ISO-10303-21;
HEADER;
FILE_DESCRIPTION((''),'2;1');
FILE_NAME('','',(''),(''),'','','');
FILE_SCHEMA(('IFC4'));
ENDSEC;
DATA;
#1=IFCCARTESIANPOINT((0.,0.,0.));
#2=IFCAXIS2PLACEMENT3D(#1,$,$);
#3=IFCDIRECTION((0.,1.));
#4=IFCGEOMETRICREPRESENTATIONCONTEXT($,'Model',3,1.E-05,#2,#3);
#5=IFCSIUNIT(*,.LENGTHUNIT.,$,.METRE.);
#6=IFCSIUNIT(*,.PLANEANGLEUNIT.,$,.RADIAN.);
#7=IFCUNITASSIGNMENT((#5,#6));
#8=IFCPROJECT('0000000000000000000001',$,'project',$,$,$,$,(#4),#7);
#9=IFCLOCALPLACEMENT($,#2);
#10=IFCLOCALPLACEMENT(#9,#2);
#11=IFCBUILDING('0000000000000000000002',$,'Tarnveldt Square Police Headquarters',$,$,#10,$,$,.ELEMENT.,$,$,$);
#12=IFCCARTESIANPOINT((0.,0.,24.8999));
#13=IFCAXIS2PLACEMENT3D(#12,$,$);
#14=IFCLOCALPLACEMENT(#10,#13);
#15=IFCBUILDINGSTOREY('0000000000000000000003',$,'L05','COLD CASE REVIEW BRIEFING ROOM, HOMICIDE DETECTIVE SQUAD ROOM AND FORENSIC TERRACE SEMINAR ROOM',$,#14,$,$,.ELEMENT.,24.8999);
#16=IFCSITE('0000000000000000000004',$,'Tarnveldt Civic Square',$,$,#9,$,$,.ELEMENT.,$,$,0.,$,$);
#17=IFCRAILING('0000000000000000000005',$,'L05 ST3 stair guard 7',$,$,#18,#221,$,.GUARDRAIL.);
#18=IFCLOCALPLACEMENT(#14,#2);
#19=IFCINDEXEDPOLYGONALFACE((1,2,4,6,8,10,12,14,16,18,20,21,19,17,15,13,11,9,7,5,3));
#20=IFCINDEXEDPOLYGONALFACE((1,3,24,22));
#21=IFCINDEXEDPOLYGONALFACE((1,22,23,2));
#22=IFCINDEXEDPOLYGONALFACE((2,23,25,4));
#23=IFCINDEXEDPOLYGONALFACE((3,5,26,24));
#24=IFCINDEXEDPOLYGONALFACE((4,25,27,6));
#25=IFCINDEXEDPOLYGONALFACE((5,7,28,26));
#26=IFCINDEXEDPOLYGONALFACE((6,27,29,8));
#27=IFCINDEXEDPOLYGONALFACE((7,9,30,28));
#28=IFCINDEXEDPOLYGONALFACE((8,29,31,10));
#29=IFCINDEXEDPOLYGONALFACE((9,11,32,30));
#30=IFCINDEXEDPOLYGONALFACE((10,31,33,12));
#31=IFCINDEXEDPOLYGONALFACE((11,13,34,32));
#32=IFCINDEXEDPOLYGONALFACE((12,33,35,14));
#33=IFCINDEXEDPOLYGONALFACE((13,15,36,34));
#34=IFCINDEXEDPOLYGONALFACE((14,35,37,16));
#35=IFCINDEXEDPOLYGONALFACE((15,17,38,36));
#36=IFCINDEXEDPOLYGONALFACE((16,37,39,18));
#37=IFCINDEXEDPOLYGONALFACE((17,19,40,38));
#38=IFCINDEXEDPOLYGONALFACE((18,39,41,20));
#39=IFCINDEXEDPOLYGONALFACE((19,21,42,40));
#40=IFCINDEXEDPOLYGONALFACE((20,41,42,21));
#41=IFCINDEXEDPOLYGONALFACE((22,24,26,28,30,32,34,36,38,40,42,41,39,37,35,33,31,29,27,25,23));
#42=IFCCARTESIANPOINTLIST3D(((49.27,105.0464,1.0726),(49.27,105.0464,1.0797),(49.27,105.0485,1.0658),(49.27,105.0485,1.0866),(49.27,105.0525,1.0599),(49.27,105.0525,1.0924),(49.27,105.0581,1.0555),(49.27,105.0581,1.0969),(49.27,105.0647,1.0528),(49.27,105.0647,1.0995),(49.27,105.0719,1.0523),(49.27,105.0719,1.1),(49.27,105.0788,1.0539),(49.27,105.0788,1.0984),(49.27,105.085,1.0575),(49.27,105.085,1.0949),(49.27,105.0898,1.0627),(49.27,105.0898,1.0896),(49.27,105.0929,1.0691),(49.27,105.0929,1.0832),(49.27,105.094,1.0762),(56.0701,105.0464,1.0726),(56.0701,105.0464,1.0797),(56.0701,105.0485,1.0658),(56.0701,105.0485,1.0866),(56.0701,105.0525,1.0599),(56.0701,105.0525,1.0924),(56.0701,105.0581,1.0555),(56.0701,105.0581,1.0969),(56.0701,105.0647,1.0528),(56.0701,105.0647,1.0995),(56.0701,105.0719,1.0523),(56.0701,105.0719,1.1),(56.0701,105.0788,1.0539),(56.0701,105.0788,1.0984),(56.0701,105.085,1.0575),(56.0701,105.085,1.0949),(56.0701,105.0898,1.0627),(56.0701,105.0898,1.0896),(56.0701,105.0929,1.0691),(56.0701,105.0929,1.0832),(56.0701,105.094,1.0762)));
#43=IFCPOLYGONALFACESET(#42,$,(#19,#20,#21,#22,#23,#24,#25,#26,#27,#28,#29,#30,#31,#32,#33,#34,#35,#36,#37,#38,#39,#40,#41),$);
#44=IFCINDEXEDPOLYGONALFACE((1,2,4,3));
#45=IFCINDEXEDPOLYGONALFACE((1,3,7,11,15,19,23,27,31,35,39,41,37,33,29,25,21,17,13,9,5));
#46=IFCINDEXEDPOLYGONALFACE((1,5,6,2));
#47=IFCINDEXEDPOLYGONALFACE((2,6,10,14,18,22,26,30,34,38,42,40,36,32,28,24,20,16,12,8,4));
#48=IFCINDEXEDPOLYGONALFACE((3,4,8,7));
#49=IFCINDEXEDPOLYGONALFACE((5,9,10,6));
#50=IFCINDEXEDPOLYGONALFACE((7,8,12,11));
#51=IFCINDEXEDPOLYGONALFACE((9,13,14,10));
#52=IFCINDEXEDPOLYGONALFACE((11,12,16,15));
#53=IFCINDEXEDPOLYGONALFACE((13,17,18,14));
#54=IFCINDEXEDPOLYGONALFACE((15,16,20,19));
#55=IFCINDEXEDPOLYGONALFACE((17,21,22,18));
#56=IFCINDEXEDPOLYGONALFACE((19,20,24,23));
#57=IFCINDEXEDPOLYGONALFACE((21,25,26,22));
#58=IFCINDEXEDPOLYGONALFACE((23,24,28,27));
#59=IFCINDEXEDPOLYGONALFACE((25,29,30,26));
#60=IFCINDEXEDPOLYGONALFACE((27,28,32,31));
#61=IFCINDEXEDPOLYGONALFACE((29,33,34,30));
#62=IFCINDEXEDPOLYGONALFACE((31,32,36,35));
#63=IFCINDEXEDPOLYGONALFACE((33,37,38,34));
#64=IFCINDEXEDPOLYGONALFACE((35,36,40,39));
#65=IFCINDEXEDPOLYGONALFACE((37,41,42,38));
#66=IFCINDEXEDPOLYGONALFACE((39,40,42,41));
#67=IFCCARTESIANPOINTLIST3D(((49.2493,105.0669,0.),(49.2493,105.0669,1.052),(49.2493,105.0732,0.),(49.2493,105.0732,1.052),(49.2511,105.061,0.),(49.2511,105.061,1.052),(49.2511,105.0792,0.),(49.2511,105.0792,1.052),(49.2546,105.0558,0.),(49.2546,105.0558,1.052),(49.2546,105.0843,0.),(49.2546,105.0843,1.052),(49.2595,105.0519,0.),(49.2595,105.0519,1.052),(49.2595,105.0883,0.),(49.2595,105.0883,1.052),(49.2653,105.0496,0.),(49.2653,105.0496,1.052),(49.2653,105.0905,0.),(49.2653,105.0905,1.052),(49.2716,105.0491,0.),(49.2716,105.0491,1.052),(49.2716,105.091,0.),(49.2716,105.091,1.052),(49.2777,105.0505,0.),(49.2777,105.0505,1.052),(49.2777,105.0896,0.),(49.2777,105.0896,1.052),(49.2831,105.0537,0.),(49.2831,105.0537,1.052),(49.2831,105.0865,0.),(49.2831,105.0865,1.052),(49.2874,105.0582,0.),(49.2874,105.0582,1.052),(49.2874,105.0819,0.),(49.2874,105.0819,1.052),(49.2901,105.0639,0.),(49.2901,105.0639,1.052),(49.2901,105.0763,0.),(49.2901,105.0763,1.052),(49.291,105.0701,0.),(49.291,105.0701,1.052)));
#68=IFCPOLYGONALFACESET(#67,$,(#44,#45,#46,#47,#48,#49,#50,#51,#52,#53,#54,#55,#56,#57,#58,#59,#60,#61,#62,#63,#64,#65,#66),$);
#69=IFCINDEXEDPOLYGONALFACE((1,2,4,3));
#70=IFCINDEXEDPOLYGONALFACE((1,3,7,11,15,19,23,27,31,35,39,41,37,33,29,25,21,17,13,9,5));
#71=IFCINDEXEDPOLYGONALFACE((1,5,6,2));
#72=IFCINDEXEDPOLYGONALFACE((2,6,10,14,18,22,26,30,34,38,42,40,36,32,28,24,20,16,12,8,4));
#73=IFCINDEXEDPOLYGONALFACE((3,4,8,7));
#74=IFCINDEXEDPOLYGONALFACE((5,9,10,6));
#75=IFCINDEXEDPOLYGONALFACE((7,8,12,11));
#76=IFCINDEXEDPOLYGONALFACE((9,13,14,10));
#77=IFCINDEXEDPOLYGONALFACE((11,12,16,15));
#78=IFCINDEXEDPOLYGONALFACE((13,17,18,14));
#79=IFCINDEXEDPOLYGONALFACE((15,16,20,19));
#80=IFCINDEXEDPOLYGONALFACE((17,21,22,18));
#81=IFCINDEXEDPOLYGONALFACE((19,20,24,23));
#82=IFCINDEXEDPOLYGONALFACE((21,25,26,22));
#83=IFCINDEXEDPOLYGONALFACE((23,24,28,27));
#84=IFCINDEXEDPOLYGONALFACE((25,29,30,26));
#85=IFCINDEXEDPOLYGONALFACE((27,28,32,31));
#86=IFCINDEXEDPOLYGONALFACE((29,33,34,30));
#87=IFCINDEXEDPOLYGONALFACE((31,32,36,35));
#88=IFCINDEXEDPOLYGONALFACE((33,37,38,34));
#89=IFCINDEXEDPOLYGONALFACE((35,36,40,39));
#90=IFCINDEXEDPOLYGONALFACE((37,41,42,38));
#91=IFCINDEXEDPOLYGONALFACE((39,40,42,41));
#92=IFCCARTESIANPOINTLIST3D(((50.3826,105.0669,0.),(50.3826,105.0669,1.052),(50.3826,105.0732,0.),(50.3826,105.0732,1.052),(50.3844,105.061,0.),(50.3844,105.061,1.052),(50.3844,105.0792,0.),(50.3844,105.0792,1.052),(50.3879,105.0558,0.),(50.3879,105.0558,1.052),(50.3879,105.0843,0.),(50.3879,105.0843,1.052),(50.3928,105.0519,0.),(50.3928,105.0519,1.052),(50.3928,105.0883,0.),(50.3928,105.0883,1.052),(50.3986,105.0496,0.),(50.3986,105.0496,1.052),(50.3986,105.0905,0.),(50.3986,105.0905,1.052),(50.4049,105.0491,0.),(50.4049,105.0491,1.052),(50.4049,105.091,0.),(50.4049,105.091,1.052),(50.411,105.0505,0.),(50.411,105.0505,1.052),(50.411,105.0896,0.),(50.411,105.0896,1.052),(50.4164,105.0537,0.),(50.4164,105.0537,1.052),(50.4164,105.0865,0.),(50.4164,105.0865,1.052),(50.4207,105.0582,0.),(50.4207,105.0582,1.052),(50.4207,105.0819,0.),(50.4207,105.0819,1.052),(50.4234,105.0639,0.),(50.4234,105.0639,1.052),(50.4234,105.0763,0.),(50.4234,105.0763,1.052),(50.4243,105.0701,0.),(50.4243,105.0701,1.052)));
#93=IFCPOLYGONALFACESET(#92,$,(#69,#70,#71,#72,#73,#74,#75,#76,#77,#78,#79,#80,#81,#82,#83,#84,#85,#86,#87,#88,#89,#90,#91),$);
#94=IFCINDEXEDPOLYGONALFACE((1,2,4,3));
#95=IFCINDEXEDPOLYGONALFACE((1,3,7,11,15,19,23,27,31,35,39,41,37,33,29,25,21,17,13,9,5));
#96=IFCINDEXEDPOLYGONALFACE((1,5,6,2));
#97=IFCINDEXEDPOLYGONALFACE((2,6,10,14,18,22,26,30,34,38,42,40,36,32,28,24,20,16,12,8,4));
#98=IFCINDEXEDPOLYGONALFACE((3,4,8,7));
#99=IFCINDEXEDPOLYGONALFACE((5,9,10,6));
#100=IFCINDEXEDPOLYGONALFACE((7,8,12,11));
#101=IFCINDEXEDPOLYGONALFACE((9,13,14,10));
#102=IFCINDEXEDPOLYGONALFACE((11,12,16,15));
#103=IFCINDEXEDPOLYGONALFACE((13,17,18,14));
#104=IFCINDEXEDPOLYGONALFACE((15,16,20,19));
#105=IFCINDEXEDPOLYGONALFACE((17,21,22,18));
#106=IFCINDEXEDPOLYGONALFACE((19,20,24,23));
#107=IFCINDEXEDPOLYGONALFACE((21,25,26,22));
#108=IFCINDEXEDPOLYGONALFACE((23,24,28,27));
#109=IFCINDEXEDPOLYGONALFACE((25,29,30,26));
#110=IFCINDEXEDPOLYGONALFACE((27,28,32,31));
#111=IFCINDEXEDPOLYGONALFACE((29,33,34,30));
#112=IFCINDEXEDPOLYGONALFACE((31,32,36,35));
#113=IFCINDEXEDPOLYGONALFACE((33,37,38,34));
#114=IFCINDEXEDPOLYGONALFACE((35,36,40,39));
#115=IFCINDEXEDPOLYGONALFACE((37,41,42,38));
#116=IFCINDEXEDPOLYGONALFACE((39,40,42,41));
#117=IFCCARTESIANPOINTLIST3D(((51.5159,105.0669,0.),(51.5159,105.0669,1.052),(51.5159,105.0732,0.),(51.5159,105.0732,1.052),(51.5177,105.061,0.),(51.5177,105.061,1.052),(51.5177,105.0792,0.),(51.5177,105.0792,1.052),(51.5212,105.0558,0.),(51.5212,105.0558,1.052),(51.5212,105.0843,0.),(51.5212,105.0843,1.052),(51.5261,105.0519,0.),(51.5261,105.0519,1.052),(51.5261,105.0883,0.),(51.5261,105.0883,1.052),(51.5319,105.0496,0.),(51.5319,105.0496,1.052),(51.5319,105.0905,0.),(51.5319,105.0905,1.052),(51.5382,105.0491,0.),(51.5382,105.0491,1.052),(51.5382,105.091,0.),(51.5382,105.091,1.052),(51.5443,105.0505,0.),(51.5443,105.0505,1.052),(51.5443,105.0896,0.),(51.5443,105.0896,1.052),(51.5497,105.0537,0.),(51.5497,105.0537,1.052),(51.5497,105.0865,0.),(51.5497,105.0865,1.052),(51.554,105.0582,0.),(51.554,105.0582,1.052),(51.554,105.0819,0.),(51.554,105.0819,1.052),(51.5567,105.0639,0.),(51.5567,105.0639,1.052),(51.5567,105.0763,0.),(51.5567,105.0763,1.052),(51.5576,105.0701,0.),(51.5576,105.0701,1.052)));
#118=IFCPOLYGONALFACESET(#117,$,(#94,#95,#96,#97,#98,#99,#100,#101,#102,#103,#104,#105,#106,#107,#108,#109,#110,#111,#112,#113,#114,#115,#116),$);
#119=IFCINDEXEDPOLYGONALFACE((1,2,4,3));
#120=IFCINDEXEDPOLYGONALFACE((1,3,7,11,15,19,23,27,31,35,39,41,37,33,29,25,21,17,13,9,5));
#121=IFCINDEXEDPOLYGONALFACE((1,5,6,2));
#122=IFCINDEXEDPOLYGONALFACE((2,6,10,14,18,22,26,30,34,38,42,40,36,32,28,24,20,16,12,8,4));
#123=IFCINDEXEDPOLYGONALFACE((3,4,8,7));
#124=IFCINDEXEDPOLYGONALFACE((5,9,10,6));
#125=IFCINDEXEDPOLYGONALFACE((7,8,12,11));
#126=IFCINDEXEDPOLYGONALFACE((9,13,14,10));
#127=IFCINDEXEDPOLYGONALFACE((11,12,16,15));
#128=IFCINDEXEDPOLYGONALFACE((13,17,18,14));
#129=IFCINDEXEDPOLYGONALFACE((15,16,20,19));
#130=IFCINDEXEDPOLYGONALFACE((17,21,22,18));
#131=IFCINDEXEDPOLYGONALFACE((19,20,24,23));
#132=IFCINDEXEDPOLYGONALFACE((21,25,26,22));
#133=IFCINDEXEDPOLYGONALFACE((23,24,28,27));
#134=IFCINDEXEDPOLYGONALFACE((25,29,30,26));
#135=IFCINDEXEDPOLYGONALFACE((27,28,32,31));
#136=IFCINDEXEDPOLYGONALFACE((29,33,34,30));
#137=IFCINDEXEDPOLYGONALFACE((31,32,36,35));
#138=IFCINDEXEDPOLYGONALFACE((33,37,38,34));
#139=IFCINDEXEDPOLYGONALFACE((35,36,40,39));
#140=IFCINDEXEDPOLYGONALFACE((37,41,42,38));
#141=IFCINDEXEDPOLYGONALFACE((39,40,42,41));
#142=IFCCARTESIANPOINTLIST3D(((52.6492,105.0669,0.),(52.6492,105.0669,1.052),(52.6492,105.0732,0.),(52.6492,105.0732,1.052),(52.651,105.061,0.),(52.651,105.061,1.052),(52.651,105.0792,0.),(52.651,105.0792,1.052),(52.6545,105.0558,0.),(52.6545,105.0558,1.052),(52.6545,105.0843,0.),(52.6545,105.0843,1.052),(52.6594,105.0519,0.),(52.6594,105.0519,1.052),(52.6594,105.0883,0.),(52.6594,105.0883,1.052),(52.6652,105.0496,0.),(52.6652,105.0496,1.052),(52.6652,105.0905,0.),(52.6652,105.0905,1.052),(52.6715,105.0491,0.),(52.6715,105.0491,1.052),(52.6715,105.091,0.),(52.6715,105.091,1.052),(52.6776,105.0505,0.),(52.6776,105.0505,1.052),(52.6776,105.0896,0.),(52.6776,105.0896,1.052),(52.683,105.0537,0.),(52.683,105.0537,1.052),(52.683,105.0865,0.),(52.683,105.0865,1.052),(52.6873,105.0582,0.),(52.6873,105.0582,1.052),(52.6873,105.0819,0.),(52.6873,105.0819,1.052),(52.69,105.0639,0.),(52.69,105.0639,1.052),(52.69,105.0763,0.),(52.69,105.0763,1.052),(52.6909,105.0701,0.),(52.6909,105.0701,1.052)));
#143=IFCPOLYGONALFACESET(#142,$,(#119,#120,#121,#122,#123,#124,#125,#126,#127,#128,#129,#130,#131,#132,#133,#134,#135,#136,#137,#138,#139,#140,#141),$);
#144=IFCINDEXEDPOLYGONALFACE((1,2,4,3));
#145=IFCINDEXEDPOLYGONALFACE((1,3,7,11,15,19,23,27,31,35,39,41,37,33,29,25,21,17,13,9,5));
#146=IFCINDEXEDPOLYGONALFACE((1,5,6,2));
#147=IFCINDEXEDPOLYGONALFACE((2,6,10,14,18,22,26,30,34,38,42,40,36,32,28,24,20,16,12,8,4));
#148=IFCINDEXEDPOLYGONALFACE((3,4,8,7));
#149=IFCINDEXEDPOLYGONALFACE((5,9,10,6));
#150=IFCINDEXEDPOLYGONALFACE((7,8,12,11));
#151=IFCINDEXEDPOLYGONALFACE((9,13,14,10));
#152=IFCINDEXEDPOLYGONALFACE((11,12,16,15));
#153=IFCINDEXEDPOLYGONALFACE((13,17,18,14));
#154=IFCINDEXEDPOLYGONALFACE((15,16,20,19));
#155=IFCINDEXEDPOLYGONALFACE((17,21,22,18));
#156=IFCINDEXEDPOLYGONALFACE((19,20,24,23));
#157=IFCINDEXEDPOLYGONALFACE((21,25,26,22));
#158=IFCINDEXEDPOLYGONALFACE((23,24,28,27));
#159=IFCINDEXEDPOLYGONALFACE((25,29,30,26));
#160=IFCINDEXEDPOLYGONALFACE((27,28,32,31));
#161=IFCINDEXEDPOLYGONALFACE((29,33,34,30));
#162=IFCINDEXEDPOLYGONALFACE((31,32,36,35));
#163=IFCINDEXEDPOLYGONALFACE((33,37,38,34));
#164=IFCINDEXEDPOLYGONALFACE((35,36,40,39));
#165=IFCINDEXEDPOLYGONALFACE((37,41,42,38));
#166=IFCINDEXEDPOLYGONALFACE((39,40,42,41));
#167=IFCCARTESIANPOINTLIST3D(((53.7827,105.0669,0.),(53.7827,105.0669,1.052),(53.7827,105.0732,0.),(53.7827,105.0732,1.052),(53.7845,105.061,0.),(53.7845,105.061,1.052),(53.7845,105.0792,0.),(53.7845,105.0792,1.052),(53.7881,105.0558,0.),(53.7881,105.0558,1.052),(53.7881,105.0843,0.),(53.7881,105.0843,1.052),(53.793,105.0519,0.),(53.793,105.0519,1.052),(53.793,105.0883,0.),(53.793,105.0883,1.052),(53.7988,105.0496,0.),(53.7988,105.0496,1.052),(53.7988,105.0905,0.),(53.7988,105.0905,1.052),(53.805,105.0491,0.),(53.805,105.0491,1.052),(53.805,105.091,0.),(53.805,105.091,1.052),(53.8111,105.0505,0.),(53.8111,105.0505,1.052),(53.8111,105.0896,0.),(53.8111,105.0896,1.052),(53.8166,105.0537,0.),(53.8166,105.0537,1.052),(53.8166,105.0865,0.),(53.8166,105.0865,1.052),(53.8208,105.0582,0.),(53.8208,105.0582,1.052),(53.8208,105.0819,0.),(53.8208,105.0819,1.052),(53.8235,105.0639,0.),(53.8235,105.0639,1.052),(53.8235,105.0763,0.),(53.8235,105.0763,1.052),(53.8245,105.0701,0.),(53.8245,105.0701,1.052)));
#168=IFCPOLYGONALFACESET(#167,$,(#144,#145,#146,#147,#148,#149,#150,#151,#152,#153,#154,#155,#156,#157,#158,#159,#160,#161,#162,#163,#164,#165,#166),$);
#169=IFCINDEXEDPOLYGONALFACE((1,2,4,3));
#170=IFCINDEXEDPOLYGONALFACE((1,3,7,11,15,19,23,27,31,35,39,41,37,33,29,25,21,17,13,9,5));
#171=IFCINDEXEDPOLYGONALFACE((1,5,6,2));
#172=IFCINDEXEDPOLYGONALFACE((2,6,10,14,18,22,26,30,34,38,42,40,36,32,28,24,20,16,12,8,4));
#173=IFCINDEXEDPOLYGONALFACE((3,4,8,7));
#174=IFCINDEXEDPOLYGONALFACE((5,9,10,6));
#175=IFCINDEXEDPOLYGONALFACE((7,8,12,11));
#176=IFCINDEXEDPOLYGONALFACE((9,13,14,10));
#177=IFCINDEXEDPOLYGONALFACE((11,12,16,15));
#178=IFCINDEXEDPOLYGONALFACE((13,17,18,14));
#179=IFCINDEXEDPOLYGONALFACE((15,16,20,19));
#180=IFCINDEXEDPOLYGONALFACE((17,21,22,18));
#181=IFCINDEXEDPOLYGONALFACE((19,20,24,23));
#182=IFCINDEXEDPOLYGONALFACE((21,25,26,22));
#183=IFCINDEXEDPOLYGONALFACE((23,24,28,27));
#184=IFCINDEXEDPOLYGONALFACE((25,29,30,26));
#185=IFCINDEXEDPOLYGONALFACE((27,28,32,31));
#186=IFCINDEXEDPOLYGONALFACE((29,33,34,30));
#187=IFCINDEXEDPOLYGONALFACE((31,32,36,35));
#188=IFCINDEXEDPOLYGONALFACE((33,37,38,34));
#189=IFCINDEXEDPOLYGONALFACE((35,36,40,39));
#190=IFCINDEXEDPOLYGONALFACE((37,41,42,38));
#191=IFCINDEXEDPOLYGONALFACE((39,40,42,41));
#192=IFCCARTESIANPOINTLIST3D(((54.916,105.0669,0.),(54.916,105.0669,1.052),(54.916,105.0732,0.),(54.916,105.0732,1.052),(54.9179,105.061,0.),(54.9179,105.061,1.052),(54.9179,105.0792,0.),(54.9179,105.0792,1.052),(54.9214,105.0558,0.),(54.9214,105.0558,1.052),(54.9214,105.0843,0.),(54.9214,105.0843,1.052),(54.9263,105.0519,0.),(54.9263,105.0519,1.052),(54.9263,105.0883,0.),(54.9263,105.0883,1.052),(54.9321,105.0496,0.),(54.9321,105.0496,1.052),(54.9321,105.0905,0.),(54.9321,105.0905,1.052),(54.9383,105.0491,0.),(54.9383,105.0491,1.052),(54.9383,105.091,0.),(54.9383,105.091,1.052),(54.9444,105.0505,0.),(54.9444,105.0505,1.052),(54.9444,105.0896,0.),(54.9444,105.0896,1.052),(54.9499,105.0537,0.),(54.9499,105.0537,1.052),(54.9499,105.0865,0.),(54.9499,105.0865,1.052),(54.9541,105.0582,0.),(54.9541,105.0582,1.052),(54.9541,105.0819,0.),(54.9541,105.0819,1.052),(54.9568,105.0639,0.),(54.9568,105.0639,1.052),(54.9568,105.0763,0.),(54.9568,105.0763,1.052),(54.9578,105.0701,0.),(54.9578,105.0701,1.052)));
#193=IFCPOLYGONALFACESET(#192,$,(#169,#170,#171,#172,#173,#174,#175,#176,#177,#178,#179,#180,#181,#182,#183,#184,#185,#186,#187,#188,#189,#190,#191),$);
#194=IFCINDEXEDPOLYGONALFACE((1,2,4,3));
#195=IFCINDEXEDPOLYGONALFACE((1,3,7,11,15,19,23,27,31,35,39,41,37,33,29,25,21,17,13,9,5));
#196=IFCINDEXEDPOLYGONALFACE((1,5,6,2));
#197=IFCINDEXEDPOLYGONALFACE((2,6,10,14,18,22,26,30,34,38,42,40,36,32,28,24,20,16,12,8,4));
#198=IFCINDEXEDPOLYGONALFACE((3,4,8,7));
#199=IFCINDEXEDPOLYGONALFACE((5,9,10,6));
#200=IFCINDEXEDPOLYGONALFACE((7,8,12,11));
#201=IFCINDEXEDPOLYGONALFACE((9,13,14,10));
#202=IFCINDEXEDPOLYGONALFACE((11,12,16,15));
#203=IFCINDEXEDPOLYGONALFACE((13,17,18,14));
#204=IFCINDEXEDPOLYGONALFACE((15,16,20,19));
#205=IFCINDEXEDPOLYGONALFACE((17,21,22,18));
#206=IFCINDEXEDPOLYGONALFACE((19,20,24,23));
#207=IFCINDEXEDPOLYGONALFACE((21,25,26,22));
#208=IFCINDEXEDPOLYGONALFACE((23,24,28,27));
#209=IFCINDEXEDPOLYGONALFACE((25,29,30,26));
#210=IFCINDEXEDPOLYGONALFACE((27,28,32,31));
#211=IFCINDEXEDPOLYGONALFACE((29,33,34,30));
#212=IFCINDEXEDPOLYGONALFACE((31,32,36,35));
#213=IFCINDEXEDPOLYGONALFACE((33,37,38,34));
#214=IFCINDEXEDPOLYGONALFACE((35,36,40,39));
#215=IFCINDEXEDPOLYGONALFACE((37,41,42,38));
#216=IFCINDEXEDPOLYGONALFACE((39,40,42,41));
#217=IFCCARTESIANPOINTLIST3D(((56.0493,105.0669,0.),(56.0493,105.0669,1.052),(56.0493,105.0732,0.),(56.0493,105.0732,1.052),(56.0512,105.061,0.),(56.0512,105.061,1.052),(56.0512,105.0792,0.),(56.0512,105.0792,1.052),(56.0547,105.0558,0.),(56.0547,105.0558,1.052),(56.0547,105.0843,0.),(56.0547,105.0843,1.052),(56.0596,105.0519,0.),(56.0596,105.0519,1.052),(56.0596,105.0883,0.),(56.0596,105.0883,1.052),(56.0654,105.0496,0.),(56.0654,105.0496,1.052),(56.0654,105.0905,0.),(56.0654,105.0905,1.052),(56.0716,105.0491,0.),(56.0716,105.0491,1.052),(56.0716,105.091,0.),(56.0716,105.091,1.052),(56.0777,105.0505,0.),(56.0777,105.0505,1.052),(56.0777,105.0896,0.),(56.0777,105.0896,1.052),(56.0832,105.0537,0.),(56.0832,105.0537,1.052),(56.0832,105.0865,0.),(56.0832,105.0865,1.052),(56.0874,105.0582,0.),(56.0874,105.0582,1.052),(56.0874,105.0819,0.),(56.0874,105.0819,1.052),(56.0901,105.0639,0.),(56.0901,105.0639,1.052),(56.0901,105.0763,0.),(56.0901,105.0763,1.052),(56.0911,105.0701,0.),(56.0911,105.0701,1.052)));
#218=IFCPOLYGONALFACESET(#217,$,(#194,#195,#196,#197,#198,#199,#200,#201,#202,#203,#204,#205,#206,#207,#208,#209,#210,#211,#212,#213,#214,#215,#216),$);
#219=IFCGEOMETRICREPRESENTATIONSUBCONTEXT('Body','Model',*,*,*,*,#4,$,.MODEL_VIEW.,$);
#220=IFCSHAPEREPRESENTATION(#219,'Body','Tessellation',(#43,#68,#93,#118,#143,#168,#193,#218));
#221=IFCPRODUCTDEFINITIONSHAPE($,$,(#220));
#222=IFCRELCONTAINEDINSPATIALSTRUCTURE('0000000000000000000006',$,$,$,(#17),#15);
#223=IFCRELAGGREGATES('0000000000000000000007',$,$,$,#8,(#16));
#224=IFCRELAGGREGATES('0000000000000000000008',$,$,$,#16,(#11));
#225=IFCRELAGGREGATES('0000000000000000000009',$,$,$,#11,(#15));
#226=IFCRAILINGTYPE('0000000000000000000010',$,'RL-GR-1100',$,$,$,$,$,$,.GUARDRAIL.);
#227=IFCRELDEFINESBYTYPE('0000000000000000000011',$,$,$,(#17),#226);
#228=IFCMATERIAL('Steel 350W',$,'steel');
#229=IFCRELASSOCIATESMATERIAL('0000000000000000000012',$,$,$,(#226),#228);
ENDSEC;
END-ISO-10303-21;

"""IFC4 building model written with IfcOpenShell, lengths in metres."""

from ifc_helpers import new_model, si_unit, direction, frame, origin, origin_2d, place, context, subcontext, project, spatial, circle, extrude, material, type_object, element, save


model = new_model("IFC4")

# Units and contexts
model_context = context("Model", 3, precision=1e-05, world=origin(), true_north=direction((0.0, 1.0)))
body_context = subcontext(model_context, "Body", "Model", "MODEL_VIEW")
ifc_project = project(units=[si_unit("LENGTHUNIT", "METRE"), si_unit("PLANEANGLEUNIT", "RADIAN")], contexts=[model_context])

# Site, building, storey
site_placement = place(None, origin())
site = spatial("IfcSite", under=ifc_project, at=site_placement, Name="Tarnveldt Civic Square", CompositionType="ELEMENT", RefElevation=0.0)
building_placement = place(site_placement, origin())
building = spatial("IfcBuilding", under=site, at=building_placement, Name="Tarnveldt Square Police Headquarters", CompositionType="ELEMENT")
storey_placement = place(building_placement, frame((0.0, 0.0, 24.8999)))
storey = spatial("IfcBuildingStorey", under=building, at=storey_placement, Name="L05", Description="COLD CASE REVIEW BRIEFING ROOM, HOMICIDE DETECTIVE SQUAD ROOM AND FORENSIC TERRACE SEMINAR ROOM", CompositionType="ELEMENT", Elevation=24.8999)

# Shared definitions
ifc_material_1 = material(Name="Steel 350W", Category="steel")

# Railing
railing_type_1 = type_object("IfcRailingType", Name="RL-GR-1100", PredefinedType="GUARDRAIL", material=ifc_material_1)
railing_1_placement = place(storey_placement, frame((49.27, 105.0701, 0.0)))
element("IfcRailing", 1, at=railing_1_placement, inside=storey, type_object=railing_type_1, Name="L05 ST3 stair guard 7", PredefinedType="GUARDRAIL", context=body_context, shape_type="SweptSolid", body=[
    extrude(circle(Radius=0.0239, at=origin_2d()), frame((0.0, 0.0, 1.0762), z_axis=(1.0, 0.0, 0.0), x_axis=(0.0, 1.0, 0.0)), (0.0, 0.0, 1.0), 6.8),
    extrude(circle(Radius=0.021, at=origin_2d()), origin(), (0.0, 0.0, 1.0), 1.052),
    extrude(circle(Radius=0.021, at=origin_2d()), frame((1.1333, 0.0, 0.0)), (0.0, 0.0, 1.0), 1.052),
    extrude(circle(Radius=0.021, at=origin_2d()), frame((2.2666, 0.0, 0.0)), (0.0, 0.0, 1.0), 1.052),
    extrude(circle(Radius=0.021, at=origin_2d()), frame((3.3999, 0.0, 0.0)), (0.0, 0.0, 1.0), 1.052),
    extrude(circle(Radius=0.021, at=origin_2d()), frame((4.5334, 0.0, 0.0)), (0.0, 0.0, 1.0), 1.052),
    extrude(circle(Radius=0.021, at=origin_2d()), frame((5.6667, 0.0, 0.0)), (0.0, 0.0, 1.0), 1.052),
    extrude(circle(Radius=0.021, at=origin_2d()), frame((6.8, 0.0, 0.0)), (0.0, 0.0, 1.0), 1.052),
])

save(model, "model.ifc")
